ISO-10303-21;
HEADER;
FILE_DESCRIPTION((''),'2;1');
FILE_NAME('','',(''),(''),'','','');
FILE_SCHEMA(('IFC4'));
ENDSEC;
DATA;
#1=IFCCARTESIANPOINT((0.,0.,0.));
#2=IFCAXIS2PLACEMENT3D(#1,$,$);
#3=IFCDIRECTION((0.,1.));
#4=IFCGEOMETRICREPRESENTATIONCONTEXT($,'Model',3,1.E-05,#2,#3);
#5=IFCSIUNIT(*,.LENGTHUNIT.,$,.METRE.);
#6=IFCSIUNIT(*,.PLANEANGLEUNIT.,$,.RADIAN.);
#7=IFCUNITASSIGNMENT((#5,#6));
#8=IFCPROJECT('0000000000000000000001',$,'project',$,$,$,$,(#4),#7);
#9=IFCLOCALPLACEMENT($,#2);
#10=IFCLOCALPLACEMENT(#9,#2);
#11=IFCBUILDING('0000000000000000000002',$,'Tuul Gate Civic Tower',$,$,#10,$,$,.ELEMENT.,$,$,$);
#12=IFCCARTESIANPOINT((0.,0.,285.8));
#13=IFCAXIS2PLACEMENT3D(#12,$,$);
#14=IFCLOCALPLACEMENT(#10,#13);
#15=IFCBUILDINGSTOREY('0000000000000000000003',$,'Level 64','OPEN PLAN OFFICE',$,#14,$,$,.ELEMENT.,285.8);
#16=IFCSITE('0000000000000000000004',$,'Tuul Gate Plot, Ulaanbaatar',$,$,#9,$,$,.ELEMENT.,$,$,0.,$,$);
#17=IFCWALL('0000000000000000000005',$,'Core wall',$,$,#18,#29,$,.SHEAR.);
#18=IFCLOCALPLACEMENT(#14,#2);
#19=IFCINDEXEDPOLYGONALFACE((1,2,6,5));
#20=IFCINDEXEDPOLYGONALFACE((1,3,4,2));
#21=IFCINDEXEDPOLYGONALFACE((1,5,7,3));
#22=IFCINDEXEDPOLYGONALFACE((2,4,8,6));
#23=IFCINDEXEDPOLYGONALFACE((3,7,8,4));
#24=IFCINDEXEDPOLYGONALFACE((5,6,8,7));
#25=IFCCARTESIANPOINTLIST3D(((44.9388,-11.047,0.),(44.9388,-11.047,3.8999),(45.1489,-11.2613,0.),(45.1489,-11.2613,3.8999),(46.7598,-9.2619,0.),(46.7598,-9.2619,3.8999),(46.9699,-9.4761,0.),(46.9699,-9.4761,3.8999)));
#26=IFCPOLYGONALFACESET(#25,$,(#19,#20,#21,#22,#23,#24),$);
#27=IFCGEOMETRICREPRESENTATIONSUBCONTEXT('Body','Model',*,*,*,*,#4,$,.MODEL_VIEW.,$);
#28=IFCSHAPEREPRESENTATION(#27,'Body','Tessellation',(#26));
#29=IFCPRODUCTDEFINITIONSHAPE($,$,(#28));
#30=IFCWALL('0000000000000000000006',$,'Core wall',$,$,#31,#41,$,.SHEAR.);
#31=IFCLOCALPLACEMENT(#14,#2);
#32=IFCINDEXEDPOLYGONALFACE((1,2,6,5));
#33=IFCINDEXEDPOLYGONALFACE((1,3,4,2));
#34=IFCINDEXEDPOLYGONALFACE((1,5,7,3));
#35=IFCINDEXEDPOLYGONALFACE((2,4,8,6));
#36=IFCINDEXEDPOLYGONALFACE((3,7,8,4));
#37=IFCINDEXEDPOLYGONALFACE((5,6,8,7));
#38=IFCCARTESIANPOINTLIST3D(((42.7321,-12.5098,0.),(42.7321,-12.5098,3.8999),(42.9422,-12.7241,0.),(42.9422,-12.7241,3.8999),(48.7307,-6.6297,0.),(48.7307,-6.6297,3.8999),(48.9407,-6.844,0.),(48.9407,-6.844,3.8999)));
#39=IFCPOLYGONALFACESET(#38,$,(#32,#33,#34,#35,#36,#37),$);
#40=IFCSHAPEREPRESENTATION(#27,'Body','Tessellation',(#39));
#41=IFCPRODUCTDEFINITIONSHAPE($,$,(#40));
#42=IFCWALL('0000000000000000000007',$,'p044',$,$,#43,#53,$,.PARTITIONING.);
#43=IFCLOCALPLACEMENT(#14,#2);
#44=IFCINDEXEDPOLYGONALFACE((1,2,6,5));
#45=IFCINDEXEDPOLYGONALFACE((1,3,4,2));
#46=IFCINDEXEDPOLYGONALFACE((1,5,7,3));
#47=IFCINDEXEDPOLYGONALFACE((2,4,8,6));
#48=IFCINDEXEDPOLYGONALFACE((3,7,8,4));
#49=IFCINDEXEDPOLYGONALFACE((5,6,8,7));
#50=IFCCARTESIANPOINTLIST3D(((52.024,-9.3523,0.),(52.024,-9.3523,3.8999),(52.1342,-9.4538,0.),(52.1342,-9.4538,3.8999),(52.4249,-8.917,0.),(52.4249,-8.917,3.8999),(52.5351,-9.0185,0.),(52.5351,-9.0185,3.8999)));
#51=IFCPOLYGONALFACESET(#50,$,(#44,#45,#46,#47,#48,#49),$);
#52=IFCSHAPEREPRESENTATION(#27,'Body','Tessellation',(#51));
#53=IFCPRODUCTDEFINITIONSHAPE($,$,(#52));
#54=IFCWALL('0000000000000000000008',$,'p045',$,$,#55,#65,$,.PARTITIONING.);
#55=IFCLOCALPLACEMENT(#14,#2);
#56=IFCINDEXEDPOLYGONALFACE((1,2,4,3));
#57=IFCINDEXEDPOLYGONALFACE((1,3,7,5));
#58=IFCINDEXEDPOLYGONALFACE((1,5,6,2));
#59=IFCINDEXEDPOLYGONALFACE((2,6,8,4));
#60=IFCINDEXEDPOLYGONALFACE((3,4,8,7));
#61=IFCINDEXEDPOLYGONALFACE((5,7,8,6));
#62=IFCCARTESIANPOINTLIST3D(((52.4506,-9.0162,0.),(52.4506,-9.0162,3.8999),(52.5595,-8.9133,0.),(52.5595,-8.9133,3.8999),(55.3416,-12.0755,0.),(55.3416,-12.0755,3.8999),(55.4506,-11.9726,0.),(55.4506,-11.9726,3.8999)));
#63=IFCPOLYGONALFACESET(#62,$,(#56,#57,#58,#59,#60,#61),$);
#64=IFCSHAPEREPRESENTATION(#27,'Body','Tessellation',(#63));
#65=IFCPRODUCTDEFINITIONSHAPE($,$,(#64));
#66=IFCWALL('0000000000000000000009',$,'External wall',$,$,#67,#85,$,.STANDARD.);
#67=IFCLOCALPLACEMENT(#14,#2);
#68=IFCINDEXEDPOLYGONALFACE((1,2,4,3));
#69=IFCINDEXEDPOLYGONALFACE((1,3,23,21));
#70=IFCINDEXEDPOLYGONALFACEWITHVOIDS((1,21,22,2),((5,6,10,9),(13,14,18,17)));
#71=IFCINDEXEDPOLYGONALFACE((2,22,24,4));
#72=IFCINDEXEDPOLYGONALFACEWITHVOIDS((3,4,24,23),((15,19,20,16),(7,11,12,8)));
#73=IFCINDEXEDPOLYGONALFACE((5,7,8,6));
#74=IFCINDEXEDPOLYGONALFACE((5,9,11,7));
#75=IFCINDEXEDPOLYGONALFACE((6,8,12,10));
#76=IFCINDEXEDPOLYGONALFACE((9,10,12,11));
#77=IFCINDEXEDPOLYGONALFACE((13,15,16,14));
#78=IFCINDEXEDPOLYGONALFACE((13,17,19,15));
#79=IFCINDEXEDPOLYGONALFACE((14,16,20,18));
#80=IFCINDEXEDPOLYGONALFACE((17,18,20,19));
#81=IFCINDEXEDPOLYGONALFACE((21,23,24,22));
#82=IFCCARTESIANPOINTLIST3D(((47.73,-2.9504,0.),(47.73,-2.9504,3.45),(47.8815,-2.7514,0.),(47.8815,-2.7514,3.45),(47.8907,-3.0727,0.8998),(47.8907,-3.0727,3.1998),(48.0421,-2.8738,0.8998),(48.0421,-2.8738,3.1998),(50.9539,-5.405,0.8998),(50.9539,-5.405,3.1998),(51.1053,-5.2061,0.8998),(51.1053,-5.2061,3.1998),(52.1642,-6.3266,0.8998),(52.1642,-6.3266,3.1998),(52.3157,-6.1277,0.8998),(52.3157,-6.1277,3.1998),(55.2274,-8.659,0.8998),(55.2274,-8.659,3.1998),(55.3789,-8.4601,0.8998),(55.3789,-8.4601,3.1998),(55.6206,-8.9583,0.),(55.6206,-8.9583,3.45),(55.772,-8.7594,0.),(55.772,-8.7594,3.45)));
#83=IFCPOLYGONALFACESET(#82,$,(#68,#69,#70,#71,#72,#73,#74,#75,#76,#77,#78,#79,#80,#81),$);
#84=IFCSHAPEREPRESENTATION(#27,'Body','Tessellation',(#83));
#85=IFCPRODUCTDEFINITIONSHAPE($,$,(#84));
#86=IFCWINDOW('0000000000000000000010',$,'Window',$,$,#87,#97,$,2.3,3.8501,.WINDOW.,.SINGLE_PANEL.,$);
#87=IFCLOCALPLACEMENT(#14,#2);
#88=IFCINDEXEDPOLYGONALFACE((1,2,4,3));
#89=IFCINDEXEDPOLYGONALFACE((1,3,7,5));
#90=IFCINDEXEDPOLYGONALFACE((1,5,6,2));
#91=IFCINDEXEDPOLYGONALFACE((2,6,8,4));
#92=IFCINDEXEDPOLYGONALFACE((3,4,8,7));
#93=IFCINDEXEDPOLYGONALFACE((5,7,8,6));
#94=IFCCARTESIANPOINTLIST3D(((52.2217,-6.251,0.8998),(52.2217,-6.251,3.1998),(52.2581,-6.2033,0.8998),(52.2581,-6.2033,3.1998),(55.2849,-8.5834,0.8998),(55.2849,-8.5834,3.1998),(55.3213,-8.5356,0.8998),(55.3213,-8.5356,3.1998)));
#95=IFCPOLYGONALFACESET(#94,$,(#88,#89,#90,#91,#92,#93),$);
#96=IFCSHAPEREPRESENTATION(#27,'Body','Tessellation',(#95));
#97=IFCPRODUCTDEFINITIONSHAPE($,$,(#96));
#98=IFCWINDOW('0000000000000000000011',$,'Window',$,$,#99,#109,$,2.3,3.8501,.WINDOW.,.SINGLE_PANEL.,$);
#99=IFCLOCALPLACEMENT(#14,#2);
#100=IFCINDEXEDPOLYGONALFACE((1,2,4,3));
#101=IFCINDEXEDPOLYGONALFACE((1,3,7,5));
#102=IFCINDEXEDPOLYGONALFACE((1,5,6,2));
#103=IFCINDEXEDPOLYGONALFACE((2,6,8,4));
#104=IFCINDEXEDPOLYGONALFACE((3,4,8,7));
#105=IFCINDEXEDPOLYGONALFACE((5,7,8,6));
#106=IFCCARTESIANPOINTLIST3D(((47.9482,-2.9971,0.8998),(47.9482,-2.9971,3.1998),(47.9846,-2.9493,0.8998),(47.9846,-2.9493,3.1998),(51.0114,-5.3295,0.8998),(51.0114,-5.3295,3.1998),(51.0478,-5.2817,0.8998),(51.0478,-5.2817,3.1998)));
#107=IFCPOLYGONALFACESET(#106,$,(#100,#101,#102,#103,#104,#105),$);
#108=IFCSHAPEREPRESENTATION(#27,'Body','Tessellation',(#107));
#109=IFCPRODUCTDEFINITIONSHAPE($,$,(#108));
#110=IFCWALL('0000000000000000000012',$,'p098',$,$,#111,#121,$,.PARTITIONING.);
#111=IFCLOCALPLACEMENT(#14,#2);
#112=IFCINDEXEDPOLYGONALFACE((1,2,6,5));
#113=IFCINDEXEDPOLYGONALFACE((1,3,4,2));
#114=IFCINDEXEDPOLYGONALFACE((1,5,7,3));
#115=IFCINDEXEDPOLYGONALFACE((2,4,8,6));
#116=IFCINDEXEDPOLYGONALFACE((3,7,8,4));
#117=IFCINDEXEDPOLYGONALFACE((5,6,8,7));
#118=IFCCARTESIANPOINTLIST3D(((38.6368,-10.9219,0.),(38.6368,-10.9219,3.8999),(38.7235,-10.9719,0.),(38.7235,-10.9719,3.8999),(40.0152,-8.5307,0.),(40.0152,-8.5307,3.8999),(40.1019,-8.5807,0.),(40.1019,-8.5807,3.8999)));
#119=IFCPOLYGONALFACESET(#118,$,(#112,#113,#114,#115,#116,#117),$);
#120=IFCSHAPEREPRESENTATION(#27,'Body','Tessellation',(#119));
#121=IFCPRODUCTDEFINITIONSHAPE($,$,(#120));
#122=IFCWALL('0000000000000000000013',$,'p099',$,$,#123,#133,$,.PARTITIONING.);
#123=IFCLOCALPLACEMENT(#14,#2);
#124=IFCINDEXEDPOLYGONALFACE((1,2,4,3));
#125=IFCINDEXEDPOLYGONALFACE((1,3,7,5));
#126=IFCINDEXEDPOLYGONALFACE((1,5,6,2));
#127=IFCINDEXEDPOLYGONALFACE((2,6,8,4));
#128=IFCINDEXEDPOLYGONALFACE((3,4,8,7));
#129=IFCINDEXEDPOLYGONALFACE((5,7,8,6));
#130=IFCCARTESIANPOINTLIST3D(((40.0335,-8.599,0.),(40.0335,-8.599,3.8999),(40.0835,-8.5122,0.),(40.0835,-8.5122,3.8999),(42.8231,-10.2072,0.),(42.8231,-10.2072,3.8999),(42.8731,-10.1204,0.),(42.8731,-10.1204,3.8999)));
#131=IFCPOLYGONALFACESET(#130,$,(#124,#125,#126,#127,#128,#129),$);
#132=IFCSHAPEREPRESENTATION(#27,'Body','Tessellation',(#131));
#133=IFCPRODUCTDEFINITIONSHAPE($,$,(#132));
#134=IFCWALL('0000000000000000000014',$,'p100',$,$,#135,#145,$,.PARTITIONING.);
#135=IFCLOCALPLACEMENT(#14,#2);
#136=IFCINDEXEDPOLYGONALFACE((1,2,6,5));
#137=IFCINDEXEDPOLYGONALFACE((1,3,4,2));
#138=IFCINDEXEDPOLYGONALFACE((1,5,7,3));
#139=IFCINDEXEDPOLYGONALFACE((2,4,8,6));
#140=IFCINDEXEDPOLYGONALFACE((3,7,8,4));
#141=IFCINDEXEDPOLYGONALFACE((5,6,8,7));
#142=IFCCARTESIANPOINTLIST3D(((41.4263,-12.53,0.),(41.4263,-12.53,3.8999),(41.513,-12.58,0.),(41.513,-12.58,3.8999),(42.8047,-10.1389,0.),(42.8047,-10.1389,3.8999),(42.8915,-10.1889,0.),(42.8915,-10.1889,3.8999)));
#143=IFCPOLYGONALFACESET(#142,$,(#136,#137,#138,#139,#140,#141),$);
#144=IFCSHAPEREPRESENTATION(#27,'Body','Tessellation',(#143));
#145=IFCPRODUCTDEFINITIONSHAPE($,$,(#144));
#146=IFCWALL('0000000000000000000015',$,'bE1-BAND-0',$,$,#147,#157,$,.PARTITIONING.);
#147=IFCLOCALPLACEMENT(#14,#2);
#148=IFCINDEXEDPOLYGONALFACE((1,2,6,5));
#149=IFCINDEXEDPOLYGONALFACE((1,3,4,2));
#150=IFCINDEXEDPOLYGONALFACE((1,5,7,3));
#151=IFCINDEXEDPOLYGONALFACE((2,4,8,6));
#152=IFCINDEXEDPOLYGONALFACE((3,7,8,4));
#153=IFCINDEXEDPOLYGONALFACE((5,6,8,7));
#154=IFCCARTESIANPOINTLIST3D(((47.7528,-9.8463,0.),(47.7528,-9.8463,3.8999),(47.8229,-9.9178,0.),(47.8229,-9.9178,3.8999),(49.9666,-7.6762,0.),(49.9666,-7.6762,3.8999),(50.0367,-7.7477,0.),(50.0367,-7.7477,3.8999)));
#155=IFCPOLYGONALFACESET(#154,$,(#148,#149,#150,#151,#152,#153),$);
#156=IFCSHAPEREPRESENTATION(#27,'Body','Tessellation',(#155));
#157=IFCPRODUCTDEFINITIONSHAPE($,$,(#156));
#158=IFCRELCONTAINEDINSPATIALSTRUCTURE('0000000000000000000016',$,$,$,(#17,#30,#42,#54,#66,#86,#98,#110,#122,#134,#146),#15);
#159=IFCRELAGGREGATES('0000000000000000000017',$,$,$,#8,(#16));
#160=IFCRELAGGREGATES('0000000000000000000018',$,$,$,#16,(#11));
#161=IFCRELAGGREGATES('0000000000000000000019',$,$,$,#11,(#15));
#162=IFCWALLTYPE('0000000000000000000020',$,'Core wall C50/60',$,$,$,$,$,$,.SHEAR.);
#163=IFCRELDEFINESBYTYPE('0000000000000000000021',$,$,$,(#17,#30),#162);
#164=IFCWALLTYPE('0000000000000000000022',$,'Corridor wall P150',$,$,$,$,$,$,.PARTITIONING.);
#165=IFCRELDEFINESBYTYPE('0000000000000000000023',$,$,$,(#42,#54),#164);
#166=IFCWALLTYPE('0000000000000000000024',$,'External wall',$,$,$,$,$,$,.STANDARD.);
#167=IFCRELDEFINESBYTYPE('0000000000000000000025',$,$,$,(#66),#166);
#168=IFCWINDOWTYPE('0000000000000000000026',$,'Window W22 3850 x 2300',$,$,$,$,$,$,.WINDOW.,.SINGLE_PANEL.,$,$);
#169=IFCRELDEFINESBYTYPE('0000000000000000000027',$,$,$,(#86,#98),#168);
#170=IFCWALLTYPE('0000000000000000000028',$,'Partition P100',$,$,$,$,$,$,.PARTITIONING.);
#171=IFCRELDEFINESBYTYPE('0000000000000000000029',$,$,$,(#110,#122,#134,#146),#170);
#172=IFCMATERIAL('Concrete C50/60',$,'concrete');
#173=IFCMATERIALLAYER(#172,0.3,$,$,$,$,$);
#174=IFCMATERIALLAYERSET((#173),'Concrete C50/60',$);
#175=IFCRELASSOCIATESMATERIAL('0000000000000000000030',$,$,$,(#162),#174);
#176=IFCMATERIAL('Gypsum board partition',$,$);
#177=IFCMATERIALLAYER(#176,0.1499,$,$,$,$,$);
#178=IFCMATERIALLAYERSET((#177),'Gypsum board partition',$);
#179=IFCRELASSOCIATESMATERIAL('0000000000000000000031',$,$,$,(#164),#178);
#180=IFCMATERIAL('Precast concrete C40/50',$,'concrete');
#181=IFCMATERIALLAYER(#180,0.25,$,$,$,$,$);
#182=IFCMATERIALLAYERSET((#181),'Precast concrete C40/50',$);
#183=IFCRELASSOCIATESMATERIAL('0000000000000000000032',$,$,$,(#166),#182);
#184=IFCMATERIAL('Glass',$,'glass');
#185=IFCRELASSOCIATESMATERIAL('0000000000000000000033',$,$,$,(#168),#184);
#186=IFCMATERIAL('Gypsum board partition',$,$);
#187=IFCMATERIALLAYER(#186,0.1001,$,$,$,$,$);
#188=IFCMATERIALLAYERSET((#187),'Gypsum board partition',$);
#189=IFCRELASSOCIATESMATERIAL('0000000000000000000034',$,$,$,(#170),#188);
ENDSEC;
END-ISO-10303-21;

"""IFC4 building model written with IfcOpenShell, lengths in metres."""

from ifc_helpers import new_model, si_unit, direction, frame, frame_2d, origin, place, context, subcontext, project, spatial, rectangle, extrude, material, layer, layer_set, type_object, element, fill, save


model = new_model("IFC4")

# Units and contexts
model_context = context("Model", 3, precision=1e-05, world=origin(), true_north=direction((0.0, 1.0)))
body_context = subcontext(model_context, "Body", "Model", "MODEL_VIEW")
ifc_project = project(units=[si_unit("LENGTHUNIT", "METRE"), si_unit("PLANEANGLEUNIT", "RADIAN")], contexts=[model_context])

# Site, building, storey
site_placement = place(None, origin())
site = spatial("IfcSite", under=ifc_project, at=site_placement, Name="Tuul Gate Plot, Ulaanbaatar", CompositionType="ELEMENT", RefElevation=0.0)
building_placement = place(site_placement, origin())
building = spatial("IfcBuilding", under=site, at=building_placement, Name="Tuul Gate Civic Tower", CompositionType="ELEMENT")
storey_placement = place(building_placement, frame((0.0, 0.0, 285.8)))
storey = spatial("IfcBuildingStorey", under=building, at=storey_placement, Name="Level 64", Description="OPEN PLAN OFFICE", CompositionType="ELEMENT", Elevation=285.8)

# Shared definitions
ifc_material_1 = material(Name="Concrete C50/60", Category="concrete")
ifc_layer_1 = layer(ifc_material_1, 0.3)
ifc_layer_set_1 = layer_set([ifc_layer_1], Name="Concrete C50/60")
wall_type_1 = type_object("IfcWallType", Name="Core wall C50/60", PredefinedType="SHEAR", material=ifc_layer_set_1)

# Walls
wall_1_placement = place(storey_placement, frame((45.0439, -11.1541, 0.0), z_axis=(0.0, 0.0, 1.0), x_axis=(0.714108, 0.700035, 0.0)))
element("IfcWall", 1, at=wall_1_placement, inside=storey, type_object=wall_type_1, Name="Core wall", PredefinedType="SHEAR", context=body_context, shape_type="SweptSolid", body=[
    extrude(rectangle(XDim=2.55, YDim=0.3, at=frame_2d((1.2749, 0.0))), origin(), (0.0, 0.0, 1.0), 3.8999),
])
wall_2_placement = place(storey_placement, frame((42.8372, -12.6169, 0.0), z_axis=(0.0, 0.0, 1.0), x_axis=(0.71412, 0.700023, 0.0)))
element("IfcWall", 2, at=wall_2_placement, inside=storey, type_object=wall_type_1, Name="Core wall", PredefinedType="SHEAR", context=body_context, shape_type="SweptSolid", body=[
    extrude(rectangle(XDim=8.3999, YDim=0.3, at=frame_2d((4.2, 0.0))), origin(), (0.0, 0.0, 1.0), 3.8999),
])
ifc_material_2 = material(Name="Gypsum board partition")
ifc_layer_2 = layer(ifc_material_2, 0.1499)
ifc_layer_set_2 = layer_set([ifc_layer_2], Name="Gypsum board partition")
wall_type_2 = type_object("IfcWallType", Name="Corridor wall P150", PredefinedType="PARTITIONING", material=ifc_layer_set_2)
wall_3_placement = place(storey_placement, frame((52.0791, -9.4031, 0.0), z_axis=(0.0, 0.0, 1.0), x_axis=(0.677423, 0.735594, 0.0)))
element("IfcWall", 3, at=wall_3_placement, inside=storey, type_object=wall_type_2, Name="p044", PredefinedType="PARTITIONING", context=body_context, shape_type="SweptSolid", body=[
    extrude(rectangle(XDim=0.5918, YDim=0.1499, at=frame_2d((0.2959, 0.0))), origin(), (0.0, 0.0, 1.0), 3.8999),
])
wall_4_placement = place(storey_placement, frame((52.5051, -8.9648, 0.0), z_axis=(0.0, 0.0, 1.0), x_axis=(0.686843, -0.726806, 0.0)))
element("IfcWall", 4, at=wall_4_placement, inside=storey, type_object=wall_type_2, Name="p045", PredefinedType="PARTITIONING", context=body_context, shape_type="SweptSolid", body=[
    extrude(rectangle(XDim=4.2092, YDim=0.1499, at=frame_2d((2.1045, 0.0))), origin(), (0.0, 0.0, 1.0), 3.8999),
])

# Wall, openings, windows
ifc_material_3 = material(Name="Precast concrete C40/50", Category="concrete")
ifc_layer_3 = layer(ifc_material_3, 0.25)
ifc_layer_set_3 = layer_set([ifc_layer_3], Name="Precast concrete C40/50")
wall_type_3 = type_object("IfcWallType", Name="External wall", PredefinedType="STANDARD", material=ifc_layer_set_3)
wall_5_placement = place(storey_placement, frame((55.6963, -8.8589, 0.0), z_axis=(0.0, 0.0, 1.0), x_axis=(-0.795619, 0.605798, 0.0)))
wall_5 = element("IfcWall", 5, at=wall_5_placement, inside=storey, type_object=wall_type_3, Name="External wall", PredefinedType="STANDARD", context=body_context, shape_type="SweptSolid", body=[
    extrude(rectangle(XDim=9.9175, YDim=0.25, at=frame_2d((4.9587, 0.0))), origin(), (0.0, 0.0, 1.0), 3.45),
])
opening_1_placement = place(wall_5_placement, frame((0.4941, 0.0, 0.8999)))
opening_1 = element("IfcOpeningElement", 6, at=opening_1_placement, cuts=wall_5, PredefinedType="OPENING", context=body_context, shape_type="SweptSolid", body=[
    extrude(rectangle(XDim=3.8501, YDim=2.3, at=frame_2d((1.925, 1.1499))), frame((0.0, 0.135, 0.0), z_axis=(0.0, -1.0, 0.0), x_axis=(1.0, 0.0, 0.0)), (0.0, 0.0, 1.0), 0.27),
])
opening_2_placement = place(wall_5_placement, frame((5.8655, 0.0, 0.8999)))
opening_2 = element("IfcOpeningElement", 7, at=opening_2_placement, cuts=wall_5, PredefinedType="OPENING", context=body_context, shape_type="SweptSolid", body=[
    extrude(rectangle(XDim=3.8501, YDim=2.3, at=frame_2d((1.925, 1.1499))), frame((0.0, 0.135, 0.0), z_axis=(0.0, -1.0, 0.0), x_axis=(1.0, 0.0, 0.0)), (0.0, 0.0, 1.0), 0.27),
])
ifc_material_4 = material(Name="Glass", Category="glass")
window_type = type_object("IfcWindowType", Name="Window W22 3850 x 2300", PartitioningType="SINGLE_PANEL", PredefinedType="WINDOW", material=ifc_material_4)
window_1_placement = place(opening_1_placement, origin())
window_1 = element("IfcWindow", 8, at=window_1_placement, inside=storey, type_object=window_type, Name="Window", OverallHeight=2.3, OverallWidth=3.8501, PartitioningType="SINGLE_PANEL", PredefinedType="WINDOW", context=body_context, shape_type="SweptSolid", body=[
    extrude(rectangle(XDim=3.8501, YDim=2.3, at=frame_2d((1.925, 1.1499))), frame((0.0, 0.03, 0.0), z_axis=(0.0, -1.0, 0.0), x_axis=(1.0, 0.0, 0.0)), (0.0, 0.0, 1.0), 0.0601),
])
fill(opening_1, window_1)
window_2_placement = place(opening_2_placement, origin())
window_2 = element("IfcWindow", 9, at=window_2_placement, inside=storey, type_object=window_type, Name="Window", OverallHeight=2.3, OverallWidth=3.8501, PartitioningType="SINGLE_PANEL", PredefinedType="WINDOW", context=body_context, shape_type="SweptSolid", body=[
    extrude(rectangle(XDim=3.8501, YDim=2.3, at=frame_2d((1.925, 1.1499))), frame((0.0, 0.03, 0.0), z_axis=(0.0, -1.0, 0.0), x_axis=(1.0, 0.0, 0.0)), (0.0, 0.0, 1.0), 0.0601),
])
fill(opening_2, window_2)

# Walls
ifc_material_5 = material(Name="Gypsum board partition")
ifc_layer_4 = layer(ifc_material_5, 0.1001)
ifc_layer_set_4 = layer_set([ifc_layer_4], Name="Gypsum board partition")
wall_type_4 = type_object("IfcWallType", Name="Partition P100", PredefinedType="PARTITIONING", material=ifc_layer_set_4)
wall_6_placement = place(storey_placement, frame((38.6802, -10.9468, 0.0), z_axis=(0.0, 0.0, 1.0), x_axis=(0.499431, 0.866353, 0.0)))
element("IfcWall", 10, at=wall_6_placement, inside=storey, type_object=wall_type_4, Name="p098", PredefinedType="PARTITIONING", context=body_context, shape_type="SweptSolid", body=[
    extrude(rectangle(XDim=2.76, YDim=0.1001, at=frame_2d((1.3799, 0.0))), origin(), (0.0, 0.0, 1.0), 3.8999),
])
wall_7_placement = place(storey_placement, frame((40.0586, -8.5557, 0.0), z_axis=(0.0, 0.0, 1.0), x_axis=(0.866347, -0.499442, 0.0)))
element("IfcWall", 11, at=wall_7_placement, inside=storey, type_object=wall_type_4, Name="p099", PredefinedType="PARTITIONING", context=body_context, shape_type="SweptSolid", body=[
    extrude(rectangle(XDim=3.22, YDim=0.1001, at=frame_2d((1.6099, 0.0))), origin(), (0.0, 0.0, 1.0), 3.8999),
])
wall_8_placement = place(storey_placement, frame((41.4697, -12.5549, 0.0), z_axis=(0.0, 0.0, 1.0), x_axis=(0.499431, 0.866353, 0.0)))
element("IfcWall", 12, at=wall_8_placement, inside=storey, type_object=wall_type_4, Name="p100", PredefinedType="PARTITIONING", context=body_context, shape_type="SweptSolid", body=[
    extrude(rectangle(XDim=2.76, YDim=0.1001, at=frame_2d((1.3799, 0.0))), origin(), (0.0, 0.0, 1.0), 3.8999),
])
wall_9_placement = place(storey_placement, frame((47.7878, -9.8821, 0.0), z_axis=(0.0, 0.0, 1.0), x_axis=(0.71412, 0.700023, 0.0)))
element("IfcWall", 13, at=wall_9_placement, inside=storey, type_object=wall_type_4, Name="bE1-BAND-0", PredefinedType="PARTITIONING", context=body_context, shape_type="SweptSolid", body=[
    extrude(rectangle(XDim=3.1001, YDim=0.1001, at=frame_2d((1.55, 0.0))), origin(), (0.0, 0.0, 1.0), 3.8999),
])

save(model, "model.ifc")
